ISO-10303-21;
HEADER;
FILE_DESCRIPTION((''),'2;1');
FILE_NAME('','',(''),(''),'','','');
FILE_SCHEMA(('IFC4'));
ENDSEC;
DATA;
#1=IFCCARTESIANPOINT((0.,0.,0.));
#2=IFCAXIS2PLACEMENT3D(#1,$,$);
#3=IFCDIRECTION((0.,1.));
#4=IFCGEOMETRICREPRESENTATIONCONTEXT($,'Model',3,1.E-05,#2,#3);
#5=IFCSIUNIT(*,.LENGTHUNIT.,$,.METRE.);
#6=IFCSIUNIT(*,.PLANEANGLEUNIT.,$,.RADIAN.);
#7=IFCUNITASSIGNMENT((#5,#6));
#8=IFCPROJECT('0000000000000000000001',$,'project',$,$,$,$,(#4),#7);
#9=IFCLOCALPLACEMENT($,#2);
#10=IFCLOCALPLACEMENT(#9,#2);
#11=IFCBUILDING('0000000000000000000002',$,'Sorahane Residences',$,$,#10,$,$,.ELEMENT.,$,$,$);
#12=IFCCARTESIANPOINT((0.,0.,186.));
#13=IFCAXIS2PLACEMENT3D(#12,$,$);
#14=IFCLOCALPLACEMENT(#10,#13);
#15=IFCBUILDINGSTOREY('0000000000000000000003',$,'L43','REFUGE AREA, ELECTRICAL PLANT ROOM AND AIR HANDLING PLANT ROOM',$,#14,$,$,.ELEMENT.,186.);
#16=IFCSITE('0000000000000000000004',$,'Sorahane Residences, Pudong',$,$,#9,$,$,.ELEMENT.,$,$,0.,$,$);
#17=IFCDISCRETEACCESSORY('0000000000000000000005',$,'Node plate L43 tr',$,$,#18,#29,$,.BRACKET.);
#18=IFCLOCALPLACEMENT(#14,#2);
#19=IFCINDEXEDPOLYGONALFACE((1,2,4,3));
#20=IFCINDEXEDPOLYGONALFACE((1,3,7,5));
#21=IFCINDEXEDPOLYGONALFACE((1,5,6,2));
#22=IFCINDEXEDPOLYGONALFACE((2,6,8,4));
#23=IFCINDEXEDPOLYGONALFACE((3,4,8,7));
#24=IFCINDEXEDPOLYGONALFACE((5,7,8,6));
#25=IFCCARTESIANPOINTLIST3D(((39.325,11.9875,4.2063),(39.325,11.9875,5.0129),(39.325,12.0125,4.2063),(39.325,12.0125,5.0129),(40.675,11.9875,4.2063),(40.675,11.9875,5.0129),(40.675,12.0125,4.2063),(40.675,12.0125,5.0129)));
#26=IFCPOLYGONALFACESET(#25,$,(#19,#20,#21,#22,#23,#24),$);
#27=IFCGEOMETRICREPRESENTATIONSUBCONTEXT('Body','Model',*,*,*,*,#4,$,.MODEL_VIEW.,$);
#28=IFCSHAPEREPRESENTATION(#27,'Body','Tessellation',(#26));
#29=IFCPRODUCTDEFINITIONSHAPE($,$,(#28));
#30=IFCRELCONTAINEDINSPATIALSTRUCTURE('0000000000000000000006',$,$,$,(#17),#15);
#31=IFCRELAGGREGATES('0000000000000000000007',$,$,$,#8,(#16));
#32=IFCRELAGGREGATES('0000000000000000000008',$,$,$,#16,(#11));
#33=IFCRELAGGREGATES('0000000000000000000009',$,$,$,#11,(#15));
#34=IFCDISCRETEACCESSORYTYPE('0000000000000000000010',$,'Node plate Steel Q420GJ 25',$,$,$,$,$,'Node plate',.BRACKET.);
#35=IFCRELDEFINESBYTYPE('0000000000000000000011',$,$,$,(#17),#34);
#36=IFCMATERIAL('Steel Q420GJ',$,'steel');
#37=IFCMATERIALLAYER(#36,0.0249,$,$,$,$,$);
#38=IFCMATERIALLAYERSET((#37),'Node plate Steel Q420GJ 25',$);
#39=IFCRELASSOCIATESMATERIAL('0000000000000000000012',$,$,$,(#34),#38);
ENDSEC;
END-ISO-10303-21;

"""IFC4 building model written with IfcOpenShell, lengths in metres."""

from ifc_helpers import new_model, si_unit, direction, frame, origin, origin_2d, place, context, subcontext, project, spatial, rectangle, extrude, material, layer, layer_set, type_object, element, save


model = new_model("IFC4")

# Units and contexts
model_context = context("Model", 3, precision=1e-05, world=origin(), true_north=direction((0.0, 1.0)))
body_context = subcontext(model_context, "Body", "Model", "MODEL_VIEW")
ifc_project = project(units=[si_unit("LENGTHUNIT", "METRE"), si_unit("PLANEANGLEUNIT", "RADIAN")], contexts=[model_context])

# Site, building, storey
site_placement = place(None, origin())
site = spatial("IfcSite", under=ifc_project, at=site_placement, Name="Sorahane Residences, Pudong", CompositionType="ELEMENT", RefElevation=0.0)
building_placement = place(site_placement, origin())
building = spatial("IfcBuilding", under=site, at=building_placement, Name="Sorahane Residences", CompositionType="ELEMENT")
storey_placement = place(building_placement, frame((0.0, 0.0, 186.0)))
storey = spatial("IfcBuildingStorey", under=building, at=storey_placement, Name="L43", Description="REFUGE AREA, ELECTRICAL PLANT ROOM AND AIR HANDLING PLANT ROOM", CompositionType="ELEMENT", Elevation=186.0)

# Discrete accessory
ifc_material_1 = material(Name="Steel Q420GJ", Category="steel")
ifc_layer_1 = layer(ifc_material_1, 0.0249)
ifc_layer_set_1 = layer_set([ifc_layer_1], Name="Node plate Steel Q420GJ 25")
discrete_accessory_type_1 = type_object("IfcDiscreteAccessoryType", Name="Node plate Steel Q420GJ 25", ElementType="Node plate", PredefinedType="BRACKET", material=ifc_layer_set_1)
discrete_accessory_placement = place(storey_placement, frame((40.0, 12.0, 4.2063), z_axis=(0.0, 0.0, 1.0), x_axis=(1.0, 0.0, 0.0)))
element("IfcDiscreteAccessory", 1, at=discrete_accessory_placement, inside=storey, type_object=discrete_accessory_type_1, Name="Node plate L43 tr", PredefinedType="BRACKET", context=body_context, shape_type="SweptSolid", body=[
    extrude(rectangle(XDim=1.3501, YDim=0.0249, at=origin_2d()), origin(), (0.0, 0.0, 1.0), 0.8066),
])

save(model, "model.ifc")
